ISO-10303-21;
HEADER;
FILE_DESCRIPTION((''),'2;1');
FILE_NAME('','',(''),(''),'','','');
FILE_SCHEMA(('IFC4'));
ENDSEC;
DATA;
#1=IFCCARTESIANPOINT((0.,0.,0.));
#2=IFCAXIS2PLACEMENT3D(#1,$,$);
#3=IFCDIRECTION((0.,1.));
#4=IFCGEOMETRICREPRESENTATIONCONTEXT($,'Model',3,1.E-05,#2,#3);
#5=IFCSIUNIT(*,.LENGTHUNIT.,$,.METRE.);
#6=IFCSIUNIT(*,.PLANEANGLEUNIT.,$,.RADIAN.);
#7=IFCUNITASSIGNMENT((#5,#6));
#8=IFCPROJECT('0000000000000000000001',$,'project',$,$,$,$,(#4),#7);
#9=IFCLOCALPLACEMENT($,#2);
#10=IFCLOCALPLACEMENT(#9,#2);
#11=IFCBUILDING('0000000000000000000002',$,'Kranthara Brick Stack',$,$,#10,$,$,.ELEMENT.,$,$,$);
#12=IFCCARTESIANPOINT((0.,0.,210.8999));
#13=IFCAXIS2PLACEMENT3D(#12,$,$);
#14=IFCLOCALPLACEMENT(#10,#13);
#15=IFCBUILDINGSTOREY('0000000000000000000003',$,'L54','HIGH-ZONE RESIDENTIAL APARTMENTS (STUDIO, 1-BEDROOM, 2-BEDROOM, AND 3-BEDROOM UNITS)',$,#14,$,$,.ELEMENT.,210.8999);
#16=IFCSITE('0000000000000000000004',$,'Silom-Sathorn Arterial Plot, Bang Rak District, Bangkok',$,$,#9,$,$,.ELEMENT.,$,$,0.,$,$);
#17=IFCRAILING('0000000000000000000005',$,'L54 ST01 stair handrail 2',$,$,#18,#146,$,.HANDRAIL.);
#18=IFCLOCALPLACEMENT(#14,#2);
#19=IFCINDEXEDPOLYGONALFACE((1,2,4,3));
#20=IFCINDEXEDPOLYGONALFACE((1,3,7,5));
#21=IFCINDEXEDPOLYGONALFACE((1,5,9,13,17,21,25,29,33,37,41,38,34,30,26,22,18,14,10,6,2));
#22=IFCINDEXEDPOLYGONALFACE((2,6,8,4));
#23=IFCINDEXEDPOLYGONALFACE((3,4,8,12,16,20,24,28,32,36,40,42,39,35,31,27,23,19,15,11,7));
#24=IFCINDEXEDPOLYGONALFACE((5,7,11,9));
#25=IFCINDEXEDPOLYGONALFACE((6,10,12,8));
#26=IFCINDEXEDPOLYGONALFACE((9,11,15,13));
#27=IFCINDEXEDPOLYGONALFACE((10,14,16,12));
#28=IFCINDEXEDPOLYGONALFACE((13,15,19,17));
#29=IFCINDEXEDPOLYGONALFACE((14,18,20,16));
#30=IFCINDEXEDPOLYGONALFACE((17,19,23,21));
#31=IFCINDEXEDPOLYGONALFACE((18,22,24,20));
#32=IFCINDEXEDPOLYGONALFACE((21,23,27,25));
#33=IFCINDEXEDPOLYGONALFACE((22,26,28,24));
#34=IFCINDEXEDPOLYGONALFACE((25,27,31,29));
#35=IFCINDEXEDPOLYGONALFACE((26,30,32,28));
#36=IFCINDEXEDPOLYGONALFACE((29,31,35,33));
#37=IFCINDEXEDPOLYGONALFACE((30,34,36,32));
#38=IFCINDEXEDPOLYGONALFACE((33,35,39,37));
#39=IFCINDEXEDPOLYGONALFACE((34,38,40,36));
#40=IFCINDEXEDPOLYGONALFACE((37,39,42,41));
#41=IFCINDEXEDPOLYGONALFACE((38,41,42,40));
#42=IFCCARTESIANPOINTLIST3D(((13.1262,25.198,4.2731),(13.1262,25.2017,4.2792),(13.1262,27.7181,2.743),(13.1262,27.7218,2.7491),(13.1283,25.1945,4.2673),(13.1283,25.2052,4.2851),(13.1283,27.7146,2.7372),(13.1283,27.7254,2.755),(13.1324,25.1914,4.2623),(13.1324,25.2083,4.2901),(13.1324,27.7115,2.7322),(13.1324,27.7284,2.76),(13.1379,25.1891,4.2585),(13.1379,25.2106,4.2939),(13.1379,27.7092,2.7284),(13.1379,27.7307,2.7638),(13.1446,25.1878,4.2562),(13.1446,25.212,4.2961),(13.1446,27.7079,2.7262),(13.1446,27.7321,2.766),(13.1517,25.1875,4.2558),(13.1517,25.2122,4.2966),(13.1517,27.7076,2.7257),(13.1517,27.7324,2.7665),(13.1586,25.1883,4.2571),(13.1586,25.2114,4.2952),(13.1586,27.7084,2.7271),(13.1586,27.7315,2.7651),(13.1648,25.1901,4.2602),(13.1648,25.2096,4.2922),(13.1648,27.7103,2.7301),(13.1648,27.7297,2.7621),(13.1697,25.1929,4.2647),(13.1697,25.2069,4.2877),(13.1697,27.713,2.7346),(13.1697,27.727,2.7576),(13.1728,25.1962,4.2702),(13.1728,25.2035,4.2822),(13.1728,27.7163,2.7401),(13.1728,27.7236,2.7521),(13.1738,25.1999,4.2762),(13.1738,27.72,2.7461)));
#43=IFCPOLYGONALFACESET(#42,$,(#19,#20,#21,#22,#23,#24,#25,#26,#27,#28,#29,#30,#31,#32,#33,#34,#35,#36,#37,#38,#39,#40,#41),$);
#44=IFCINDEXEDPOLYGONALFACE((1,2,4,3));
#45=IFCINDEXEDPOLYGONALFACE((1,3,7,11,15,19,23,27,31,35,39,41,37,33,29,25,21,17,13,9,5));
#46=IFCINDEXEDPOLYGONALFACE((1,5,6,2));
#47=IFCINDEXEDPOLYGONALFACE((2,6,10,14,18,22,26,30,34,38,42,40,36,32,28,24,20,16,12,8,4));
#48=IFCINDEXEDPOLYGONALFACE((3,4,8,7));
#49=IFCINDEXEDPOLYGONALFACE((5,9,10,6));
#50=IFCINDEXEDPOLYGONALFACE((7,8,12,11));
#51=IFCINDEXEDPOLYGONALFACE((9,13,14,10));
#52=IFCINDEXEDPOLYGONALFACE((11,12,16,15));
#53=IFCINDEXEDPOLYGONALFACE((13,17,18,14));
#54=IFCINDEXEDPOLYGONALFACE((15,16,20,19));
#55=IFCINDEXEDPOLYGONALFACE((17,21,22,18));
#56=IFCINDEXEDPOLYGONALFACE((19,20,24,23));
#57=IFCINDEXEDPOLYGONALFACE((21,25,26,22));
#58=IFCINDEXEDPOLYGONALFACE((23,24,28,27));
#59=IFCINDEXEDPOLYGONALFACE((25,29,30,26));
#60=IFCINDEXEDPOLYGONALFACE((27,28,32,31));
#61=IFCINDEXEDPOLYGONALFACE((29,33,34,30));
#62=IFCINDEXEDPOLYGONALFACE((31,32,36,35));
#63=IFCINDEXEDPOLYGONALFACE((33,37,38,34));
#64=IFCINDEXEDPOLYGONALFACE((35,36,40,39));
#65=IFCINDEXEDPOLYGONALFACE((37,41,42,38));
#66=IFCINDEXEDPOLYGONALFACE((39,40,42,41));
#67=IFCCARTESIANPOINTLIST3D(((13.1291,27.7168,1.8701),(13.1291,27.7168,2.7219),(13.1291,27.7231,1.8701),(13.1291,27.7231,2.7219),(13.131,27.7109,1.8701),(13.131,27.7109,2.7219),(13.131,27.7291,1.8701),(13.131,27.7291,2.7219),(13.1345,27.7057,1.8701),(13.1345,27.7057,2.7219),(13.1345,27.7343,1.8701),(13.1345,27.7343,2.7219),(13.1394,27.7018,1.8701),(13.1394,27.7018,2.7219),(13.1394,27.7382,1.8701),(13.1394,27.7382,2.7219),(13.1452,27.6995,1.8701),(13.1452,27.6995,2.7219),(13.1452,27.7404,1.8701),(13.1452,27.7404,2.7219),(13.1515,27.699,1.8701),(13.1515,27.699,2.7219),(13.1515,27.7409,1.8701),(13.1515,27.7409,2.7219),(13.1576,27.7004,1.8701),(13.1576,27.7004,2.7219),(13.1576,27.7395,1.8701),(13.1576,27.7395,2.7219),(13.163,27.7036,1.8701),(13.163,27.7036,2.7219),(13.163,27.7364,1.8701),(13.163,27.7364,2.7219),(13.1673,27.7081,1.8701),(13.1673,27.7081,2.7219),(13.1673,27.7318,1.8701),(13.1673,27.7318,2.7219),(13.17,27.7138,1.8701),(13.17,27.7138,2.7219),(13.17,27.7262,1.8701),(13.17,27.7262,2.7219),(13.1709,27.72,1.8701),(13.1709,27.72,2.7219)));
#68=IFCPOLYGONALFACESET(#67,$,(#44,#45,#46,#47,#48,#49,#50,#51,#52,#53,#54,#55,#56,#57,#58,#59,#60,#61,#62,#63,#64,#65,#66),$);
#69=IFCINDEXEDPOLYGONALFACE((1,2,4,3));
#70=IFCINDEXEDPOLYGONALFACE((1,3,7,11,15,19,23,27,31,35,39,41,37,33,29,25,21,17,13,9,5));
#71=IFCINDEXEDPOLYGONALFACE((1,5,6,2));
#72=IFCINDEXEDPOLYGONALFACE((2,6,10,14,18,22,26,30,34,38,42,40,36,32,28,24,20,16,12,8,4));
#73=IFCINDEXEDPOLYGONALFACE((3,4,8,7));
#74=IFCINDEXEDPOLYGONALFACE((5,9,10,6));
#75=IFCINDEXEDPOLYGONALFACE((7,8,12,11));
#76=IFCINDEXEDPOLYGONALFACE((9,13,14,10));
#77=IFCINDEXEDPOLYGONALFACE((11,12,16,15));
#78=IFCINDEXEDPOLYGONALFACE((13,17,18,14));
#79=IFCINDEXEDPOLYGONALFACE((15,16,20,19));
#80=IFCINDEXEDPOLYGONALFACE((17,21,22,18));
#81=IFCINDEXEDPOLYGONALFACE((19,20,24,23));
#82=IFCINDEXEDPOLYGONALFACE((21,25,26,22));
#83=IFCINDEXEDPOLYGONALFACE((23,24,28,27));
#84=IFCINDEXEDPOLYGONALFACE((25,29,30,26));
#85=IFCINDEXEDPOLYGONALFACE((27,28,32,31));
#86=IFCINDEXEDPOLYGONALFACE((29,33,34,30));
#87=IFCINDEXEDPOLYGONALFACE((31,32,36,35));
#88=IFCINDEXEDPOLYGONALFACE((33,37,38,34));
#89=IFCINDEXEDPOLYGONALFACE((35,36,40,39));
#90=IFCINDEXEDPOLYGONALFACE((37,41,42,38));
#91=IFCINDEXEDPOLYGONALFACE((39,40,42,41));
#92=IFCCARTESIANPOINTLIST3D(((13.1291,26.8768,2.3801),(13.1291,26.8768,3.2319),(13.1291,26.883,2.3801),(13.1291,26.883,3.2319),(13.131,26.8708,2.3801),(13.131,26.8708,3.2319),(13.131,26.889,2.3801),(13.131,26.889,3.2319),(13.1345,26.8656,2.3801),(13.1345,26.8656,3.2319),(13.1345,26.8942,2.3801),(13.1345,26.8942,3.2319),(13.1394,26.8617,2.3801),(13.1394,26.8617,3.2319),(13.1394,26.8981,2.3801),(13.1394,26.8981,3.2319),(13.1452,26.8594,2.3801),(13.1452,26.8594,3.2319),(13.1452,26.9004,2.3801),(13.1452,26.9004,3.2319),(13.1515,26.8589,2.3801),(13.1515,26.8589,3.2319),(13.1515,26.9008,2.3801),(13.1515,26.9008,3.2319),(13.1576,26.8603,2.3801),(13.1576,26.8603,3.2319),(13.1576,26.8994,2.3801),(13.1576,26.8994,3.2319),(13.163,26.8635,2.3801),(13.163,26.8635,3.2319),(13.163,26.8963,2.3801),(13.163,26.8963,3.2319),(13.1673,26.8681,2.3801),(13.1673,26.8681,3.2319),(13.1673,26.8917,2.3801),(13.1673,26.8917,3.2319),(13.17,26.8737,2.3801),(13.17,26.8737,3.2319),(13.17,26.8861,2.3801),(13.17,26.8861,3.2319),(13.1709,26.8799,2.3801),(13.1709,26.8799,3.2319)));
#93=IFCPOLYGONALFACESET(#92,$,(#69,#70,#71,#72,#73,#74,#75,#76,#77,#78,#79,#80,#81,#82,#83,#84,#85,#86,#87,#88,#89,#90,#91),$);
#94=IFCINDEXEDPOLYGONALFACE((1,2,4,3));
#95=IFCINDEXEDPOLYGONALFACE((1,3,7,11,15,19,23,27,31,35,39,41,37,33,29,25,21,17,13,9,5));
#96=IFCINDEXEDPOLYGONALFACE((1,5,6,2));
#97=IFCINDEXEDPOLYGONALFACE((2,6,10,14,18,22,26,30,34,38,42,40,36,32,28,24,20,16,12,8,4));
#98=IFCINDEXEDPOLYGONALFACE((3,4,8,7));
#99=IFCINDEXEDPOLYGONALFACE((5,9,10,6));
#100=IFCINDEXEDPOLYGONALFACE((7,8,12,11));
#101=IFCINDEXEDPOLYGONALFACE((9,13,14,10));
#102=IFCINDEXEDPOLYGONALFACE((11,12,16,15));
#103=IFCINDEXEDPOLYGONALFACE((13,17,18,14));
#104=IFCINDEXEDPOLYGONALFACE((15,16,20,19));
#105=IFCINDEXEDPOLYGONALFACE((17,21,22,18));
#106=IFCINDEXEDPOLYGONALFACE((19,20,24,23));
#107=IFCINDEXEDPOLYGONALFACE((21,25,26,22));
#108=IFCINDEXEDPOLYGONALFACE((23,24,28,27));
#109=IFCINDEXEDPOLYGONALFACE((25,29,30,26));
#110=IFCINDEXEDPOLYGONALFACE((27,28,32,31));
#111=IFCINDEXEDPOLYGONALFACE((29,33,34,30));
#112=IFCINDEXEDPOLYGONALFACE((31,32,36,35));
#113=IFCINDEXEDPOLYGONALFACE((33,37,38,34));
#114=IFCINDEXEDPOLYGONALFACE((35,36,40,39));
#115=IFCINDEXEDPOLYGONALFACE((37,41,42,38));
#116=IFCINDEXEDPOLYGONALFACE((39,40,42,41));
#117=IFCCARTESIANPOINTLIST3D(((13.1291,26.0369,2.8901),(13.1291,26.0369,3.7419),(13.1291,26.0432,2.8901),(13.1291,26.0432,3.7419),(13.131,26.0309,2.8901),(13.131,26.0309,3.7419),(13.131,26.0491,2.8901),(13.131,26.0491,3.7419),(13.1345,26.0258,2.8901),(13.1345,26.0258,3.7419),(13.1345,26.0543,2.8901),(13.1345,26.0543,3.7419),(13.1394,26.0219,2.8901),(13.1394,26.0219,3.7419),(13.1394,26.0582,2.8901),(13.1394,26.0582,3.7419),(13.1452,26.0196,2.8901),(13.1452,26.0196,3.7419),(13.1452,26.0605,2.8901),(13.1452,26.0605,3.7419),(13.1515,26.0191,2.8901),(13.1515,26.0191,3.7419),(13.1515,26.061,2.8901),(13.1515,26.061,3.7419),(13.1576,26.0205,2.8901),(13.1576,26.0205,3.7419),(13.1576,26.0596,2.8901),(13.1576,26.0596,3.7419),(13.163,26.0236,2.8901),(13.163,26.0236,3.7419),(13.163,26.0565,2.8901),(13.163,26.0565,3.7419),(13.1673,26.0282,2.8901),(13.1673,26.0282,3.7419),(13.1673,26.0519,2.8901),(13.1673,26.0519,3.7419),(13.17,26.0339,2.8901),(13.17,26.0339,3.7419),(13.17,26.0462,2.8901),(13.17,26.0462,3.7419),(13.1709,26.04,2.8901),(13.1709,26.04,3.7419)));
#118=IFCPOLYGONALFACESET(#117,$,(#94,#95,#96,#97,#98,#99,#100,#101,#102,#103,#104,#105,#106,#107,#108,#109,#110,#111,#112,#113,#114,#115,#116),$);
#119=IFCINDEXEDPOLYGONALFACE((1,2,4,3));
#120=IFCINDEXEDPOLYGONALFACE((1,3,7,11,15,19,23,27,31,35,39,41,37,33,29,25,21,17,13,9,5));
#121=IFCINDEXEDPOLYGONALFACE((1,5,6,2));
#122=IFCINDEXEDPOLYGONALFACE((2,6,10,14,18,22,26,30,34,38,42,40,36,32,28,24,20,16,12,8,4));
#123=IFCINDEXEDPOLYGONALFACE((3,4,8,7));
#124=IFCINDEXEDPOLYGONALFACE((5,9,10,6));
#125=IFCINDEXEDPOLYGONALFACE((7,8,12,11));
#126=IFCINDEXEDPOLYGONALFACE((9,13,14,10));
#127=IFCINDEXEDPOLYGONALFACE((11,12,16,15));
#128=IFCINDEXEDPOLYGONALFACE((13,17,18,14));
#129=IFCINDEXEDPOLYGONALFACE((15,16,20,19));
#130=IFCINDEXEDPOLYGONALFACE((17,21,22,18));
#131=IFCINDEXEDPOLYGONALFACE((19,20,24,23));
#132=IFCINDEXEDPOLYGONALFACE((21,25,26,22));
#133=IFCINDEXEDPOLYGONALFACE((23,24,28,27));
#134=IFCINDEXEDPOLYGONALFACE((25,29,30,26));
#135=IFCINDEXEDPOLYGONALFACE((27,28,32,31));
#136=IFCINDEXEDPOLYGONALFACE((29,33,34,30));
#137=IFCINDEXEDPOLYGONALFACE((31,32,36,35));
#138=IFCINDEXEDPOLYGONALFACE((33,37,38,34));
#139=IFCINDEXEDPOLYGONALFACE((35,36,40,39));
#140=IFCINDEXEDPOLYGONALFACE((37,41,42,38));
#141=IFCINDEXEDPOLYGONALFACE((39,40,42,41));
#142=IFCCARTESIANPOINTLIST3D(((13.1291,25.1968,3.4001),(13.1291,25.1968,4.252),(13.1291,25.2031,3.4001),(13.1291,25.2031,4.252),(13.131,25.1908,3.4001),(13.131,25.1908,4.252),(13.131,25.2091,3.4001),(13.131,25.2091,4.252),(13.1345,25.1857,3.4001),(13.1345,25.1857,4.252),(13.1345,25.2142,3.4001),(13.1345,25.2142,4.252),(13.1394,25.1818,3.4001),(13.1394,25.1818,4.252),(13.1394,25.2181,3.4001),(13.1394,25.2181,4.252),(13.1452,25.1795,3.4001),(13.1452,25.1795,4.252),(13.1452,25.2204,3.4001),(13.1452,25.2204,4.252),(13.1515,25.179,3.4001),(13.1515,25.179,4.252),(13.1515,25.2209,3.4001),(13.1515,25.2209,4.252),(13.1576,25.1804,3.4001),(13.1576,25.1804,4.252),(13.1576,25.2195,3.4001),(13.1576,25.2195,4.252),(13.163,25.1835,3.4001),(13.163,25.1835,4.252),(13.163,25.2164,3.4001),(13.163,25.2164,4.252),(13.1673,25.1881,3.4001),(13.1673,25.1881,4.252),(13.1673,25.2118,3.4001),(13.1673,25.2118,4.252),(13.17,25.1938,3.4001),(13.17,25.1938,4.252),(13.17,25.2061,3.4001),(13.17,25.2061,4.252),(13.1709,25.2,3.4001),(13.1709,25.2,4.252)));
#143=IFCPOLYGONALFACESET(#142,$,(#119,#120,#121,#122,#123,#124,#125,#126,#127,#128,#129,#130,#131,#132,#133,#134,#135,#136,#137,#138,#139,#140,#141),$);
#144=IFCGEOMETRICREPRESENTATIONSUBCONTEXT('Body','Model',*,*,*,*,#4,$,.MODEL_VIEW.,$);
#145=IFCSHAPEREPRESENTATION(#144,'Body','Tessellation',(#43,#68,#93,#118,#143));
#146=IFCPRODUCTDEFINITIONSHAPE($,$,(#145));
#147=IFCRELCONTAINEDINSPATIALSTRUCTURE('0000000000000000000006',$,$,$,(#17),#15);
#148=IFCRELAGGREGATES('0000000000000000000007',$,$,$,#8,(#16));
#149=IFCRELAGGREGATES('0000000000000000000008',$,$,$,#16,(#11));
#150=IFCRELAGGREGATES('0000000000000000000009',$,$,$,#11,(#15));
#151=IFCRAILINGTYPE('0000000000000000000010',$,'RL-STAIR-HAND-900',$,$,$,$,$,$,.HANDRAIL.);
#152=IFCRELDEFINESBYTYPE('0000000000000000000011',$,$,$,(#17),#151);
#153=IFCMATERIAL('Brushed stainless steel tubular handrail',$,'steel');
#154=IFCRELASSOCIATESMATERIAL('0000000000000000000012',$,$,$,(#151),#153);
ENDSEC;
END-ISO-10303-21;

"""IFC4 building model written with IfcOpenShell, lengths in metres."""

from ifc_helpers import new_model, si_unit, direction, frame, origin, origin_2d, place, context, subcontext, project, spatial, circle, extrude, material, type_object, element, save


model = new_model("IFC4")

# Units and contexts
model_context = context("Model", 3, precision=1e-05, world=origin(), true_north=direction((0.0, 1.0)))
body_context = subcontext(model_context, "Body", "Model", "MODEL_VIEW")
ifc_project = project(units=[si_unit("LENGTHUNIT", "METRE"), si_unit("PLANEANGLEUNIT", "RADIAN")], contexts=[model_context])

# Site, building, storey
site_placement = place(None, origin())
site = spatial("IfcSite", under=ifc_project, at=site_placement, Name="Silom-Sathorn Arterial Plot, Bang Rak District, Bangkok", CompositionType="ELEMENT", RefElevation=0.0)
building_placement = place(site_placement, origin())
building = spatial("IfcBuilding", under=site, at=building_placement, Name="Kranthara Brick Stack", CompositionType="ELEMENT")
storey_placement = place(building_placement, frame((0.0, 0.0, 210.8999)))
storey = spatial("IfcBuildingStorey", under=building, at=storey_placement, Name="L54", Description="HIGH-ZONE RESIDENTIAL APARTMENTS (STUDIO, 1-BEDROOM, 2-BEDROOM, AND 3-BEDROOM UNITS)", CompositionType="ELEMENT", Elevation=210.8999)

# Railing
ifc_material_1 = material(Name="Brushed stainless steel tubular handrail", Category="steel")
railing_type_1 = type_object("IfcRailingType", Name="RL-STAIR-HAND-900", PredefinedType="HANDRAIL", material=ifc_material_1)
railing_1_placement = place(storey_placement, frame((13.1499, 27.72, 1.8701)))
element("IfcRailing", 1, at=railing_1_placement, inside=storey, type_object=railing_type_1, Name="L54 ST01 stair handrail 2", PredefinedType="HANDRAIL", context=body_context, shape_type="SweptSolid", body=[
    extrude(circle(Radius=0.0239, at=origin_2d()), frame((0.0, 0.0, 0.876), z_axis=(0.0, -0.854785, 0.518982), x_axis=(1.0, 0.0, 0.0)), (0.0, 0.0, 1.0), 2.9482),
    extrude(circle(Radius=0.021, at=origin_2d()), origin(), (0.0, 0.0, 1.0), 0.8518),
    extrude(circle(Radius=0.021, at=origin_2d()), frame((0.0, -0.8401, 0.51)), (0.0, 0.0, 1.0), 0.8518),
    extrude(circle(Radius=0.021, at=origin_2d()), frame((0.0, -1.6799, 1.02)), (0.0, 0.0, 1.0), 0.8518),
    extrude(circle(Radius=0.021, at=origin_2d()), frame((0.0, -2.52, 1.53)), (0.0, 0.0, 1.0), 0.8518),
])

save(model, "model.ifc")
